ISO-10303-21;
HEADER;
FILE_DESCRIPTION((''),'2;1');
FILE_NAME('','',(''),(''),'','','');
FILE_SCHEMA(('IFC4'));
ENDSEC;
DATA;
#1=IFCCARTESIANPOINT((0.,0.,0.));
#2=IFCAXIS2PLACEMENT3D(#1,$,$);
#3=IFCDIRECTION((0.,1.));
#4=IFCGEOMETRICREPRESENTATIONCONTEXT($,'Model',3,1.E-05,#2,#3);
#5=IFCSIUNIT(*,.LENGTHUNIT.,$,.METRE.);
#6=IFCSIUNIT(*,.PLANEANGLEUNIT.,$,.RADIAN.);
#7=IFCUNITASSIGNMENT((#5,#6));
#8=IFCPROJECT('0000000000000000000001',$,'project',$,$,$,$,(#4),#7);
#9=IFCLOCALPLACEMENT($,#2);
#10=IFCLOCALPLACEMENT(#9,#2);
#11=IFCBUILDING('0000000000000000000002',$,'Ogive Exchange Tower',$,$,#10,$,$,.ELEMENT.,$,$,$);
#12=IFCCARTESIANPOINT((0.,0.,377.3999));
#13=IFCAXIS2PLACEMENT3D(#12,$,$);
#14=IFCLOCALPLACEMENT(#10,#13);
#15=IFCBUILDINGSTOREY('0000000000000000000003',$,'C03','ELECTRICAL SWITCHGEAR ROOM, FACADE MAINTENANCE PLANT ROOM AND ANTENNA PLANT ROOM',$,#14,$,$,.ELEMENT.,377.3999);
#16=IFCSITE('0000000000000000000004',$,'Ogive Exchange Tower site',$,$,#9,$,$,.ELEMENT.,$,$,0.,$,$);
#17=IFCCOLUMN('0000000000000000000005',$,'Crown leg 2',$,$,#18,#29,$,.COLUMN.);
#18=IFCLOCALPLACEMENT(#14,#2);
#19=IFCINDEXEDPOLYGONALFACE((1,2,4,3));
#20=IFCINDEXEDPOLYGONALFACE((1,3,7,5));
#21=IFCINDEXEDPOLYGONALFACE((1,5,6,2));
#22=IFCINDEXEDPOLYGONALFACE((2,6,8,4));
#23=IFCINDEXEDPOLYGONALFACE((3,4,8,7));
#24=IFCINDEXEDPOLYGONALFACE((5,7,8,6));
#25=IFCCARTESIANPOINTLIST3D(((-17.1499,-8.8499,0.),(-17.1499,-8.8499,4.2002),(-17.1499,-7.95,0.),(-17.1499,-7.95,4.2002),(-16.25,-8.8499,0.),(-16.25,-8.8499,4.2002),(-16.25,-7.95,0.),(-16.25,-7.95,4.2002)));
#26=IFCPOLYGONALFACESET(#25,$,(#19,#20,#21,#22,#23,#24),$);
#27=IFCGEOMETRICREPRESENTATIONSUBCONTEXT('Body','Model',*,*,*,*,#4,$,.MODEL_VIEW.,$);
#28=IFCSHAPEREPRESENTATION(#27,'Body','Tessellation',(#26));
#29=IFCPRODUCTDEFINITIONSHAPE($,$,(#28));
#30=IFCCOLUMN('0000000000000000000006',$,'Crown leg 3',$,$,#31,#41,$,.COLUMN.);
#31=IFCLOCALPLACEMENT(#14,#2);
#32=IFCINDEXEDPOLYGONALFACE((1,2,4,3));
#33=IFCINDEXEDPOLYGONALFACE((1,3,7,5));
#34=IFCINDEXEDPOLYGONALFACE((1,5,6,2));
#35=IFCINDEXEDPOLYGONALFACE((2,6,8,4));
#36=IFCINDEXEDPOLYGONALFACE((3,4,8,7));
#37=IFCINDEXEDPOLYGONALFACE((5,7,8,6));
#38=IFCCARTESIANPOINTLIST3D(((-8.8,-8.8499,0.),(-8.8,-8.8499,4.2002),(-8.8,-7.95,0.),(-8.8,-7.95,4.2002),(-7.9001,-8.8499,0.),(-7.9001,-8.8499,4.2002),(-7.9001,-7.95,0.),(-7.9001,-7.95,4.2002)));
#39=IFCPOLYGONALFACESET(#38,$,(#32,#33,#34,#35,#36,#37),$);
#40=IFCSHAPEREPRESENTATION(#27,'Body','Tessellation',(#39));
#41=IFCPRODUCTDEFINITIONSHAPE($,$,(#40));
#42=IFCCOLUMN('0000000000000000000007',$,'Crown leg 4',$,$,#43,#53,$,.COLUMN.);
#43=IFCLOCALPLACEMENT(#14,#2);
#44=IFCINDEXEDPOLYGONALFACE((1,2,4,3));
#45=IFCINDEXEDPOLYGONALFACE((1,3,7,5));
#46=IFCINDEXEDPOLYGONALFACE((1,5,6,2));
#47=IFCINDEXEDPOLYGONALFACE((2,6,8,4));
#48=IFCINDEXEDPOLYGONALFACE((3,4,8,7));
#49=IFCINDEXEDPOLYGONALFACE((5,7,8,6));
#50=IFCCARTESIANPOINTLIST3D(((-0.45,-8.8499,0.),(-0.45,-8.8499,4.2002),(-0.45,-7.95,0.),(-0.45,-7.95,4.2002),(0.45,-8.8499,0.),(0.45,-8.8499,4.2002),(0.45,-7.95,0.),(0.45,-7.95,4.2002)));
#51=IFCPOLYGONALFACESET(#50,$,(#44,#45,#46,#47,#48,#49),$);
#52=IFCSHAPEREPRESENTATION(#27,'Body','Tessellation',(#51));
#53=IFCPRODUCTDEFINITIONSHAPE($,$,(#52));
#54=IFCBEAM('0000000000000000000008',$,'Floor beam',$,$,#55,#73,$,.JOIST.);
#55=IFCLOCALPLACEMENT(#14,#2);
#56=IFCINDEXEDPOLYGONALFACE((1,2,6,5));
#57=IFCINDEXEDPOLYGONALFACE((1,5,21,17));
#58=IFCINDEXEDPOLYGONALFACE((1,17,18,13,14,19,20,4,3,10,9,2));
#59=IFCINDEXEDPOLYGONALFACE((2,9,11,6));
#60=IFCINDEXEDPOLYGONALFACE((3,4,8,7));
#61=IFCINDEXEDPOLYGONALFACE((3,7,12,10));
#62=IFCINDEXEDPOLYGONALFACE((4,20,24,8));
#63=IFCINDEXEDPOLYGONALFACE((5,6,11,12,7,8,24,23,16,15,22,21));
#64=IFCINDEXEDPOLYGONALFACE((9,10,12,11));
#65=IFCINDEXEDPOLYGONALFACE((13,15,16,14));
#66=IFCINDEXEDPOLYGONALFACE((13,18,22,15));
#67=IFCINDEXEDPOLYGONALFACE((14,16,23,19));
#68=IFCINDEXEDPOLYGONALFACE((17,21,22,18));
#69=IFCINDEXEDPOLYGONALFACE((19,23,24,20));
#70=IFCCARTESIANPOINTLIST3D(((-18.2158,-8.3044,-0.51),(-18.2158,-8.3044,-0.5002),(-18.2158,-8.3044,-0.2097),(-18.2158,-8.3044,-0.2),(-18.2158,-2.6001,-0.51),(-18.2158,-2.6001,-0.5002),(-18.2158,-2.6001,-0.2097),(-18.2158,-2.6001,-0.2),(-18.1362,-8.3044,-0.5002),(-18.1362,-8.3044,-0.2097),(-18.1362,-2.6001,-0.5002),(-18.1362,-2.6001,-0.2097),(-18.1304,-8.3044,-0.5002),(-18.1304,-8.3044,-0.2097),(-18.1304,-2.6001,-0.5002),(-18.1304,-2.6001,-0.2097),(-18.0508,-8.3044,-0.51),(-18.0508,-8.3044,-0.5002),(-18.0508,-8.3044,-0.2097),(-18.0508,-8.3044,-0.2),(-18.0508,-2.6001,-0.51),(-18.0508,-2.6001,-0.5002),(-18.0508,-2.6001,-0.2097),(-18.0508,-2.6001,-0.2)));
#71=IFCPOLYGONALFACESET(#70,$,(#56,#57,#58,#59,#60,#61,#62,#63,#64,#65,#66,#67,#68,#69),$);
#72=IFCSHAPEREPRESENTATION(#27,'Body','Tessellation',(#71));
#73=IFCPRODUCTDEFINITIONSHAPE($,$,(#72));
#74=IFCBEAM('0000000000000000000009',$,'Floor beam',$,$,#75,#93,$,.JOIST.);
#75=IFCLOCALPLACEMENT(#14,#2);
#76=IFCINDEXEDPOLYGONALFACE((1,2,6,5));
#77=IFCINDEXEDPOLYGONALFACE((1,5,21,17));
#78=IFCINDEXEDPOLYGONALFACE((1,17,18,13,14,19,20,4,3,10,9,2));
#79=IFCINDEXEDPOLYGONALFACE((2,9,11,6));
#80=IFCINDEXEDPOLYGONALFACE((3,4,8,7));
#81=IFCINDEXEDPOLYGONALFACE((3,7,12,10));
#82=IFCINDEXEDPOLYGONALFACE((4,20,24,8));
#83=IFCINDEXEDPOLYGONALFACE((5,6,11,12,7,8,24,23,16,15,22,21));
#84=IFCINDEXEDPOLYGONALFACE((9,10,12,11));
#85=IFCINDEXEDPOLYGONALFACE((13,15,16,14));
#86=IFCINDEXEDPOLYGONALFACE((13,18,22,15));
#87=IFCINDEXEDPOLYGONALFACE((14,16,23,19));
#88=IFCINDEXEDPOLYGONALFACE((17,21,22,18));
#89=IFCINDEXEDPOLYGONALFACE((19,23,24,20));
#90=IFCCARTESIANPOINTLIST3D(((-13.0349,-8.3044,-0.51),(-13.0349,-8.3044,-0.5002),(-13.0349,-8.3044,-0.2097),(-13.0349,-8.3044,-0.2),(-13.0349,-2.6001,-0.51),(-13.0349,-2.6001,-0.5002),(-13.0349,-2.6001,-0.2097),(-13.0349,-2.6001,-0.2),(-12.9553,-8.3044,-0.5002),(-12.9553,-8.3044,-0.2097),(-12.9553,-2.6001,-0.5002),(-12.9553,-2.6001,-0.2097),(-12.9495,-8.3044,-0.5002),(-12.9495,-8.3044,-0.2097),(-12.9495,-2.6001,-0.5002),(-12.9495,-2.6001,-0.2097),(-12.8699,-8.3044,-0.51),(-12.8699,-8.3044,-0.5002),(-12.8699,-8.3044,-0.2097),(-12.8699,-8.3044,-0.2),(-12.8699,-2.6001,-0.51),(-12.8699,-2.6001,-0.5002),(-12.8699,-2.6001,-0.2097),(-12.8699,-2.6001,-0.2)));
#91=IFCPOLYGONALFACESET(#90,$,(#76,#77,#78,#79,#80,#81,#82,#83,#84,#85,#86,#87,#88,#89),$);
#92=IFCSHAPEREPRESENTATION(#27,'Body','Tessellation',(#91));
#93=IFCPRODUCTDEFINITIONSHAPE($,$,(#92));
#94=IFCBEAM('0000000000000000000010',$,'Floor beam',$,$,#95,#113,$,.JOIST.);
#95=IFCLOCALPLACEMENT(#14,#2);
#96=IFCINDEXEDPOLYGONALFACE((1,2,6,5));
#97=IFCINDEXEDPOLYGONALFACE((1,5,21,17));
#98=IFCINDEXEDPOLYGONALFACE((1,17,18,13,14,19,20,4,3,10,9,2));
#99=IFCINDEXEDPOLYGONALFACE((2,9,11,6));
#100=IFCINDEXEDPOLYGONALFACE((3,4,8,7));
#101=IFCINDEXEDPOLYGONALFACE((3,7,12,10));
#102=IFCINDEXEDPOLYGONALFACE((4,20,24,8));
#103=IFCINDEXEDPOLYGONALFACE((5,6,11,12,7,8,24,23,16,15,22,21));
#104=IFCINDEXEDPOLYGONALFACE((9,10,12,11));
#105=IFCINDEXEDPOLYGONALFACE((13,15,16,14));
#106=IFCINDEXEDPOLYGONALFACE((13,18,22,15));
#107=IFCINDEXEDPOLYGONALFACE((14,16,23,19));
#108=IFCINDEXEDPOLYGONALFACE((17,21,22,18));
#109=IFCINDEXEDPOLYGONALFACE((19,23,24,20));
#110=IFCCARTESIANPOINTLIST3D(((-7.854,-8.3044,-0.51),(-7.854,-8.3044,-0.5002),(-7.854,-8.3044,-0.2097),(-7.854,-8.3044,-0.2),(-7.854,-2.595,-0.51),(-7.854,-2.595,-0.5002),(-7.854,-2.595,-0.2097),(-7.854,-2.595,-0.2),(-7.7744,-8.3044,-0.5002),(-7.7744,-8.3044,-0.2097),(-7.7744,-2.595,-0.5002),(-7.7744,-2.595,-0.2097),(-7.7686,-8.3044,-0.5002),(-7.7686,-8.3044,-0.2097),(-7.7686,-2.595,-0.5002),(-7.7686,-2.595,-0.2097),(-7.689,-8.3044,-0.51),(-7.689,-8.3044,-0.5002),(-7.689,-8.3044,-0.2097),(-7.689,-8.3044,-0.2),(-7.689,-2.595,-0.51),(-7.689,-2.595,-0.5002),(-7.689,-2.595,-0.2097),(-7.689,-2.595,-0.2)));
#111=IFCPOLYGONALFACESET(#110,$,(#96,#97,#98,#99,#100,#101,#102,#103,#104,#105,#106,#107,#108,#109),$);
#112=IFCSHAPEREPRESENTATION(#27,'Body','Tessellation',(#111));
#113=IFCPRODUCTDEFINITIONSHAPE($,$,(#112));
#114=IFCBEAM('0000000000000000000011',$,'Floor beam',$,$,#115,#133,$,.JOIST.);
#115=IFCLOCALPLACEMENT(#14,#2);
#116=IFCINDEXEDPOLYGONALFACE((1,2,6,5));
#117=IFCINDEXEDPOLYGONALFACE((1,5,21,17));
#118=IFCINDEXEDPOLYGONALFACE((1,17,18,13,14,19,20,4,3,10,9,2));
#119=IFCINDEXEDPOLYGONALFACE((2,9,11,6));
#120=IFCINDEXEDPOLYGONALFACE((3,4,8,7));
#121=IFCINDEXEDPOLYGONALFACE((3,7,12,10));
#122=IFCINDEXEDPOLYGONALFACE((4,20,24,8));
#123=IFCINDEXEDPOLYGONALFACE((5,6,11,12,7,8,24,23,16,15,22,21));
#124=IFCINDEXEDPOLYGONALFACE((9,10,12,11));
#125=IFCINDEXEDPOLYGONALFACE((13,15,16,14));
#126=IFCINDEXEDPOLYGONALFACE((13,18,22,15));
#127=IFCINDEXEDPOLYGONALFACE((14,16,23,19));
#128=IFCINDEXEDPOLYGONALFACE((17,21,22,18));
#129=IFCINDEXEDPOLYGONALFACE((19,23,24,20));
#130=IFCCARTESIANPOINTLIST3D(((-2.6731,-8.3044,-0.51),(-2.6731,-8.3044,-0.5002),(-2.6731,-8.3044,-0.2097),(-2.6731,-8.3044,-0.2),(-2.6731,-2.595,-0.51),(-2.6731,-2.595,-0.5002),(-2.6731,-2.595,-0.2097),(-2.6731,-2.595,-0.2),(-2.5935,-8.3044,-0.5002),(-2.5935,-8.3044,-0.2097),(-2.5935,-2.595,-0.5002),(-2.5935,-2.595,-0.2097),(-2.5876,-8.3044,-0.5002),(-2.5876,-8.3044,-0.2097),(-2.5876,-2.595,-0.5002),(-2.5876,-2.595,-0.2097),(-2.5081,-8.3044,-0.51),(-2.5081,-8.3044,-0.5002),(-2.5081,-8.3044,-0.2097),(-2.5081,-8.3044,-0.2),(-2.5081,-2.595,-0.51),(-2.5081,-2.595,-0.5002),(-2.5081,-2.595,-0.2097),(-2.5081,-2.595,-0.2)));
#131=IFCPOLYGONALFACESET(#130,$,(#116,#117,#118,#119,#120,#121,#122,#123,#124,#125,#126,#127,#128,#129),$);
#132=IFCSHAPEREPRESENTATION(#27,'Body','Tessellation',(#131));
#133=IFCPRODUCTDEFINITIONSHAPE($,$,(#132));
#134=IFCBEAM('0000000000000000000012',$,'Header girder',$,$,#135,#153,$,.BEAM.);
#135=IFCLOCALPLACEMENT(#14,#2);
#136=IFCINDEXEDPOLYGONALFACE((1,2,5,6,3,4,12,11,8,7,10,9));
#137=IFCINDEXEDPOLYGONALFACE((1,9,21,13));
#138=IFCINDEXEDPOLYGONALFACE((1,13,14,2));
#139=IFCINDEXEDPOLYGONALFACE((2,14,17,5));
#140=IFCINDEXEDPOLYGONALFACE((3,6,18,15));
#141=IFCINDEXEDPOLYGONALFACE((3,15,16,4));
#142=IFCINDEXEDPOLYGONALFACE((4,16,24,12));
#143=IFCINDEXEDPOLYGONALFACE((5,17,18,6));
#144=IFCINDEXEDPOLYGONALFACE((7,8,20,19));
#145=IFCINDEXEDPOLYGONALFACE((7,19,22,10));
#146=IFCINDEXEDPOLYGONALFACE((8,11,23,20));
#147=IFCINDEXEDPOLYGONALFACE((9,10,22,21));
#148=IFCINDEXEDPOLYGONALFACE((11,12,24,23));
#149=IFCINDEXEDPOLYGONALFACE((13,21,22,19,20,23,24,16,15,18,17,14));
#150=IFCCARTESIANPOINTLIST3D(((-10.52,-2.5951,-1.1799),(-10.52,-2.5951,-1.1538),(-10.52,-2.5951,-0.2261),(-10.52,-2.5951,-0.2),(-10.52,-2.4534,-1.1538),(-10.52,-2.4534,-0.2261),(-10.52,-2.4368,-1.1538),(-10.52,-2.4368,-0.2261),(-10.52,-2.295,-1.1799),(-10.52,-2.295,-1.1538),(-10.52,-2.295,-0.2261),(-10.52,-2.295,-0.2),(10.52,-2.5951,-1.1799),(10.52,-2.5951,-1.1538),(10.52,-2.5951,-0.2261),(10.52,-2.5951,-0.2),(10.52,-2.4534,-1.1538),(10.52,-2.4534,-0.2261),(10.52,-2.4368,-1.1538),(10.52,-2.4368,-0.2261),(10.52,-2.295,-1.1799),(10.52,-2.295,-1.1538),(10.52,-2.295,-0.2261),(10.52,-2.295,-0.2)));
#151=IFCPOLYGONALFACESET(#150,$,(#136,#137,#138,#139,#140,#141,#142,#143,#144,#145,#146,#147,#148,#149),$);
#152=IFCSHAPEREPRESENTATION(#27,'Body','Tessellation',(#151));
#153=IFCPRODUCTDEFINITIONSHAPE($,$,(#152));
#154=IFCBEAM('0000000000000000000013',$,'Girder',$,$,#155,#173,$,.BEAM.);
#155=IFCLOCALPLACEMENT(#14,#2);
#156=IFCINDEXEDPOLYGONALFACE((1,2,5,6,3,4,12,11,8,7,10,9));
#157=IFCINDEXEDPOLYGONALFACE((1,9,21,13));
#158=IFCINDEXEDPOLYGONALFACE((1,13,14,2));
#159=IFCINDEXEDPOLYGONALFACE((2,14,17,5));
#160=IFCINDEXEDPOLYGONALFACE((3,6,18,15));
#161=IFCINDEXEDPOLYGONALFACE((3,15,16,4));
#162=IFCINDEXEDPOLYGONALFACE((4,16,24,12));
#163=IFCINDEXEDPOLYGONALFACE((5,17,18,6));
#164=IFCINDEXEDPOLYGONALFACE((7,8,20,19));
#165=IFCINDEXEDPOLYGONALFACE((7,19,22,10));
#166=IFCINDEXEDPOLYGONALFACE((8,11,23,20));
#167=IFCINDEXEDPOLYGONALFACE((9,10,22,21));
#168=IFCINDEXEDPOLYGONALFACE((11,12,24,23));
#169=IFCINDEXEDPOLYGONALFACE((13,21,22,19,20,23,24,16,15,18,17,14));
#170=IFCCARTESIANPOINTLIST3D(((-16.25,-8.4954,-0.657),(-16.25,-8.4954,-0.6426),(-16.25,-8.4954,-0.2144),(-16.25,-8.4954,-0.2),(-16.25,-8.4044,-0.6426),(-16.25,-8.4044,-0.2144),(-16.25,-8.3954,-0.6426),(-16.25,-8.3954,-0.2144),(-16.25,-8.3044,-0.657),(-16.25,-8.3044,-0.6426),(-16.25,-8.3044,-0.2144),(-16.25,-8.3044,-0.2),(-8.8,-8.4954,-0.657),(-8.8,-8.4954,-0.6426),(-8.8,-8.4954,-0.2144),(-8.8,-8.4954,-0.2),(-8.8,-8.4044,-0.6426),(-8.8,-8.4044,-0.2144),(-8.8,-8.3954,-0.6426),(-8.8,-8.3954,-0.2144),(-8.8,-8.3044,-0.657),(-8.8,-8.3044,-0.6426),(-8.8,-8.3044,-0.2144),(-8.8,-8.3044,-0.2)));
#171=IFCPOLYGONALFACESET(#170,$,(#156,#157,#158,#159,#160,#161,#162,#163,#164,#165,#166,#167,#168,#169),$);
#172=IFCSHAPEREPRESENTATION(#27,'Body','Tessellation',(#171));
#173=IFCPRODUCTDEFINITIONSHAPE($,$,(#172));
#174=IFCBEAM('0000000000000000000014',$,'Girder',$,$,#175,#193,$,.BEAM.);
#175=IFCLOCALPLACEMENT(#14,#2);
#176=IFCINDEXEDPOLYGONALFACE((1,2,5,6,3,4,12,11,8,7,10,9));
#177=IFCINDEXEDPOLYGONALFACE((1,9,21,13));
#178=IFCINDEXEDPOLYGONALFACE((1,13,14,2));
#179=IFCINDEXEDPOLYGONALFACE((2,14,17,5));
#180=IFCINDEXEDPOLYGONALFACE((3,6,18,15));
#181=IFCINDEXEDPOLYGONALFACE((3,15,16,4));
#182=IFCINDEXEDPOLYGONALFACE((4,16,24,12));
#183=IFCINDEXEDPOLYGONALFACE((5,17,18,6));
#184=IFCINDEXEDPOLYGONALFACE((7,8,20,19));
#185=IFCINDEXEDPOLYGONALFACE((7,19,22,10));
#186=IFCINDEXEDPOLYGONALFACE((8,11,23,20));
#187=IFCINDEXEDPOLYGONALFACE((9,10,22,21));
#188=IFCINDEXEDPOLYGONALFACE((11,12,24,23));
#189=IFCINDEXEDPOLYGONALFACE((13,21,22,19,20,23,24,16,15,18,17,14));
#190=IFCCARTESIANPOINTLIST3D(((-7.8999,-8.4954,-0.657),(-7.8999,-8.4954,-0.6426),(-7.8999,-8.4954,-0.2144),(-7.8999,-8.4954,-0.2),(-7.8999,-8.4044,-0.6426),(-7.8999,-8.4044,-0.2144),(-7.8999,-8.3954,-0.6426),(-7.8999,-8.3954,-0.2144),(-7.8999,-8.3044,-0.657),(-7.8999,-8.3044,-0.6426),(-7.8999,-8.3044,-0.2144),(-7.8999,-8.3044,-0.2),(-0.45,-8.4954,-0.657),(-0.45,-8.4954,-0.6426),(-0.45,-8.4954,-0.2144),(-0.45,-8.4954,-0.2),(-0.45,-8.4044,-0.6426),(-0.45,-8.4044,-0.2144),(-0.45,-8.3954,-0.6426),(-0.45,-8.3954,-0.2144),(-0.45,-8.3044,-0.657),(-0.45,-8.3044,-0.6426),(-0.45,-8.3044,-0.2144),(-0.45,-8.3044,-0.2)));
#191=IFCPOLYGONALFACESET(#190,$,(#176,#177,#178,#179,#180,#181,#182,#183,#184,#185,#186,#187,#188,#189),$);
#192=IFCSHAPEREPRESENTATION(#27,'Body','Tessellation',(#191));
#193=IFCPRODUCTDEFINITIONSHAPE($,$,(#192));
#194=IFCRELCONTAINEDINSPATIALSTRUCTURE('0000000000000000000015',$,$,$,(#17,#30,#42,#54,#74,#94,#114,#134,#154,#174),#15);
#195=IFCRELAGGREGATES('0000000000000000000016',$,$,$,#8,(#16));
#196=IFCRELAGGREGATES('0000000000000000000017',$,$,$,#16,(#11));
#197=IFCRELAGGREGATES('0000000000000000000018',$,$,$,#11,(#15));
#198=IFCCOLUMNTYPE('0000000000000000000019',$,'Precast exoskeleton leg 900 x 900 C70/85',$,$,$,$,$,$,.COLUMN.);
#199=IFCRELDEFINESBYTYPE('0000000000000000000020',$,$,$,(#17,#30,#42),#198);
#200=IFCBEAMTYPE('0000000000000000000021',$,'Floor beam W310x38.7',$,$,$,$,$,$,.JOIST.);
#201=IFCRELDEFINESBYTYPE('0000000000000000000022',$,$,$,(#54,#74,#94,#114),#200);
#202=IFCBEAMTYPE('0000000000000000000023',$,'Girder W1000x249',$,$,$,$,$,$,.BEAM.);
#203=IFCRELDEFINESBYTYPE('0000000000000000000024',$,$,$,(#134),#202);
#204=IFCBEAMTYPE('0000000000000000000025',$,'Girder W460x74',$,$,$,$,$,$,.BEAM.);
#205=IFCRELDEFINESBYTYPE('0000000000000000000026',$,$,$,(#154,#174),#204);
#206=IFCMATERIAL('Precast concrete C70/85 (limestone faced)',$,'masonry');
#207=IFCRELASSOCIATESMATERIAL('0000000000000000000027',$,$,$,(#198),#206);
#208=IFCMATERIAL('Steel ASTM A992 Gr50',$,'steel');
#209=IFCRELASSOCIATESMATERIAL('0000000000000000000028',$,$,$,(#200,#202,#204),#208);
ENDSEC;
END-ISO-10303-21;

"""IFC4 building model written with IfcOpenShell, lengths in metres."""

from ifc_helpers import new_model, si_unit, direction, frame, origin, origin_2d, place, context, subcontext, project, spatial, rectangle, i_section, extrude, material, material_profile, profile_set, type_object, element, save


model = new_model("IFC4")

# Units and contexts
model_context = context("Model", 3, precision=1e-05, world=origin(), true_north=direction((0.0, 1.0)))
body_context = subcontext(model_context, "Body", "Model", "MODEL_VIEW")
ifc_project = project(units=[si_unit("LENGTHUNIT", "METRE"), si_unit("PLANEANGLEUNIT", "RADIAN")], contexts=[model_context])

# Site, building, storey
site_placement = place(None, origin())
site = spatial("IfcSite", under=ifc_project, at=site_placement, Name="Ogive Exchange Tower site", CompositionType="ELEMENT", RefElevation=0.0)
building_placement = place(site_placement, origin())
building = spatial("IfcBuilding", under=site, at=building_placement, Name="Ogive Exchange Tower", CompositionType="ELEMENT")
storey_placement = place(building_placement, frame((0.0, 0.0, 377.3999)))
storey = spatial("IfcBuildingStorey", under=building, at=storey_placement, Name="C03", Description="ELECTRICAL SWITCHGEAR ROOM, FACADE MAINTENANCE PLANT ROOM AND ANTENNA PLANT ROOM", CompositionType="ELEMENT", Elevation=377.3999)

# Columns
ifc_material_1 = material(Name="Precast concrete C70/85 (limestone faced)", Category="masonry")
ifc_material_profile_1 = material_profile(ifc_material_1, rectangle(XDim=0.8999, YDim=0.8999, at=origin_2d()), Name="900 x 900")
ifc_profile_set_1 = profile_set([ifc_material_profile_1], Name="Precast concrete C70/85 (limestone faced)")
column_type = type_object("IfcColumnType", Name="Precast exoskeleton leg 900 x 900 C70/85", PredefinedType="COLUMN", material=ifc_profile_set_1)
for number, where, z_axis, x_axis, name in (
    (1, (-16.7, -8.3999, 0.0), (0.0, 0.0, 1.0), (1.0, 0.0, 0.0), "Crown leg 2"),
    (2, (-8.3501, -8.3999, 0.0), (0.0, 0.0, 1.0), (1.0, 0.0, 0.0), "Crown leg 3"),
    (3, (0.0, -8.3999, 0.0), (0.0, 0.0, 1.0), (1.0, 0.0, 0.0), "Crown leg 4"),
):
    element("IfcColumn", number, at=place(storey_placement, frame(where, z_axis=z_axis, x_axis=x_axis)), inside=storey, type_object=column_type, Name=name, PredefinedType="COLUMN", context=body_context, shape_type="SweptSolid", body=[
        extrude(rectangle(XDim=0.8999, YDim=0.8999, at=origin_2d()), origin(), (0.0, 0.0, 1.0), 4.2002),
    ])

# Beams
ifc_material_2 = material(Name="Steel ASTM A992 Gr50", Category="steel")
ifc_material_profile_2 = material_profile(ifc_material_2, i_section(OverallWidth=0.165, OverallDepth=0.3101, WebThickness=0.0059, FlangeThickness=0.0098, at=origin_2d()), Name="W310x38.7")
ifc_profile_set_2 = profile_set([ifc_material_profile_2], Name="Steel ASTM A992 Gr50")
beam_type_1 = type_object("IfcBeamType", Name="Floor beam W310x38.7", PredefinedType="JOIST", material=ifc_profile_set_2)
for number, where, z_axis, x_axis, name in (
    (4, (-18.1333, -8.3044, -0.355), (0.0, 1.0, 0.0), (-1.0, 0.0, 0.0), "Floor beam"),
    (5, (-12.9524, -8.3044, -0.355), (0.0, 1.0, 0.0), (-1.0, 0.0, 0.0), "Floor beam"),
):
    element("IfcBeam", number, at=place(storey_placement, frame(where, z_axis=z_axis, x_axis=x_axis)), inside=storey, type_object=beam_type_1, Name=name, PredefinedType="JOIST", context=body_context, shape_type="SweptSolid", body=[
        extrude(i_section(OverallWidth=0.165, OverallDepth=0.3101, WebThickness=0.0059, FlangeThickness=0.0098, at=origin_2d()), origin(), (0.0, 0.0, 1.0), 5.7043),
    ])
for number, where, z_axis, x_axis, name in (
    (6, (-7.7715, -8.3044, -0.355), (0.0, 1.0, 0.0), (-1.0, 0.0, 0.0), "Floor beam"),
    (7, (-2.5906, -8.3044, -0.355), (0.0, 1.0, 0.0), (-1.0, 0.0, 0.0), "Floor beam"),
):
    element("IfcBeam", number, at=place(storey_placement, frame(where, z_axis=z_axis, x_axis=x_axis)), inside=storey, type_object=beam_type_1, Name=name, PredefinedType="JOIST", context=body_context, shape_type="SweptSolid", body=[
        extrude(i_section(OverallWidth=0.165, OverallDepth=0.3101, WebThickness=0.0059, FlangeThickness=0.0098, at=origin_2d()), origin(), (0.0, 0.0, 1.0), 5.7095),
    ])
ifc_material_profile_3 = material_profile(ifc_material_2, i_section(OverallWidth=0.3, OverallDepth=0.98, WebThickness=0.0166, FlangeThickness=0.0261, at=origin_2d()), Name="W1000x249")
ifc_profile_set_3 = profile_set([ifc_material_profile_3], Name="Steel ASTM A992 Gr50")
beam_type_2 = type_object("IfcBeamType", Name="Girder W1000x249", PredefinedType="BEAM", material=ifc_profile_set_3)
beam_placement = place(storey_placement, frame((-10.52, -2.4451, -0.6899), z_axis=(1.0, 0.0, 0.0), x_axis=(0.0, 1.0, 0.0)))
element("IfcBeam", 8, at=beam_placement, inside=storey, type_object=beam_type_2, Name="Header girder", PredefinedType="BEAM", context=body_context, shape_type="SweptSolid", body=[
    extrude(i_section(OverallWidth=0.3, OverallDepth=0.98, WebThickness=0.0166, FlangeThickness=0.0261, at=origin_2d()), origin(), (0.0, 0.0, 1.0), 21.04),
])
ifc_material_profile_4 = material_profile(ifc_material_2, i_section(OverallWidth=0.1909, OverallDepth=0.457, WebThickness=0.009, FlangeThickness=0.0144, at=origin_2d()), Name="W460x74")
ifc_profile_set_4 = profile_set([ifc_material_profile_4], Name="Steel ASTM A992 Gr50")
beam_type_3 = type_object("IfcBeamType", Name="Girder W460x74", PredefinedType="BEAM", material=ifc_profile_set_4)
for number, where, z_axis, x_axis, name in (
    (9, (-16.25, -8.3999, -0.4285), (1.0, 0.0, 0.0), (0.0, 1.0, 0.0), "Girder"),
    (10, (-7.8999, -8.3999, -0.4285), (1.0, 0.0, 0.0), (0.0, 1.0, 0.0), "Girder"),
):
    element("IfcBeam", number, at=place(storey_placement, frame(where, z_axis=z_axis, x_axis=x_axis)), inside=storey, type_object=beam_type_3, Name=name, PredefinedType="BEAM", context=body_context, shape_type="SweptSolid", body=[
        extrude(i_section(OverallWidth=0.1909, OverallDepth=0.457, WebThickness=0.009, FlangeThickness=0.0144, at=origin_2d()), origin(), (0.0, 0.0, 1.0), 7.45),
    ])

save(model, "model.ifc")
